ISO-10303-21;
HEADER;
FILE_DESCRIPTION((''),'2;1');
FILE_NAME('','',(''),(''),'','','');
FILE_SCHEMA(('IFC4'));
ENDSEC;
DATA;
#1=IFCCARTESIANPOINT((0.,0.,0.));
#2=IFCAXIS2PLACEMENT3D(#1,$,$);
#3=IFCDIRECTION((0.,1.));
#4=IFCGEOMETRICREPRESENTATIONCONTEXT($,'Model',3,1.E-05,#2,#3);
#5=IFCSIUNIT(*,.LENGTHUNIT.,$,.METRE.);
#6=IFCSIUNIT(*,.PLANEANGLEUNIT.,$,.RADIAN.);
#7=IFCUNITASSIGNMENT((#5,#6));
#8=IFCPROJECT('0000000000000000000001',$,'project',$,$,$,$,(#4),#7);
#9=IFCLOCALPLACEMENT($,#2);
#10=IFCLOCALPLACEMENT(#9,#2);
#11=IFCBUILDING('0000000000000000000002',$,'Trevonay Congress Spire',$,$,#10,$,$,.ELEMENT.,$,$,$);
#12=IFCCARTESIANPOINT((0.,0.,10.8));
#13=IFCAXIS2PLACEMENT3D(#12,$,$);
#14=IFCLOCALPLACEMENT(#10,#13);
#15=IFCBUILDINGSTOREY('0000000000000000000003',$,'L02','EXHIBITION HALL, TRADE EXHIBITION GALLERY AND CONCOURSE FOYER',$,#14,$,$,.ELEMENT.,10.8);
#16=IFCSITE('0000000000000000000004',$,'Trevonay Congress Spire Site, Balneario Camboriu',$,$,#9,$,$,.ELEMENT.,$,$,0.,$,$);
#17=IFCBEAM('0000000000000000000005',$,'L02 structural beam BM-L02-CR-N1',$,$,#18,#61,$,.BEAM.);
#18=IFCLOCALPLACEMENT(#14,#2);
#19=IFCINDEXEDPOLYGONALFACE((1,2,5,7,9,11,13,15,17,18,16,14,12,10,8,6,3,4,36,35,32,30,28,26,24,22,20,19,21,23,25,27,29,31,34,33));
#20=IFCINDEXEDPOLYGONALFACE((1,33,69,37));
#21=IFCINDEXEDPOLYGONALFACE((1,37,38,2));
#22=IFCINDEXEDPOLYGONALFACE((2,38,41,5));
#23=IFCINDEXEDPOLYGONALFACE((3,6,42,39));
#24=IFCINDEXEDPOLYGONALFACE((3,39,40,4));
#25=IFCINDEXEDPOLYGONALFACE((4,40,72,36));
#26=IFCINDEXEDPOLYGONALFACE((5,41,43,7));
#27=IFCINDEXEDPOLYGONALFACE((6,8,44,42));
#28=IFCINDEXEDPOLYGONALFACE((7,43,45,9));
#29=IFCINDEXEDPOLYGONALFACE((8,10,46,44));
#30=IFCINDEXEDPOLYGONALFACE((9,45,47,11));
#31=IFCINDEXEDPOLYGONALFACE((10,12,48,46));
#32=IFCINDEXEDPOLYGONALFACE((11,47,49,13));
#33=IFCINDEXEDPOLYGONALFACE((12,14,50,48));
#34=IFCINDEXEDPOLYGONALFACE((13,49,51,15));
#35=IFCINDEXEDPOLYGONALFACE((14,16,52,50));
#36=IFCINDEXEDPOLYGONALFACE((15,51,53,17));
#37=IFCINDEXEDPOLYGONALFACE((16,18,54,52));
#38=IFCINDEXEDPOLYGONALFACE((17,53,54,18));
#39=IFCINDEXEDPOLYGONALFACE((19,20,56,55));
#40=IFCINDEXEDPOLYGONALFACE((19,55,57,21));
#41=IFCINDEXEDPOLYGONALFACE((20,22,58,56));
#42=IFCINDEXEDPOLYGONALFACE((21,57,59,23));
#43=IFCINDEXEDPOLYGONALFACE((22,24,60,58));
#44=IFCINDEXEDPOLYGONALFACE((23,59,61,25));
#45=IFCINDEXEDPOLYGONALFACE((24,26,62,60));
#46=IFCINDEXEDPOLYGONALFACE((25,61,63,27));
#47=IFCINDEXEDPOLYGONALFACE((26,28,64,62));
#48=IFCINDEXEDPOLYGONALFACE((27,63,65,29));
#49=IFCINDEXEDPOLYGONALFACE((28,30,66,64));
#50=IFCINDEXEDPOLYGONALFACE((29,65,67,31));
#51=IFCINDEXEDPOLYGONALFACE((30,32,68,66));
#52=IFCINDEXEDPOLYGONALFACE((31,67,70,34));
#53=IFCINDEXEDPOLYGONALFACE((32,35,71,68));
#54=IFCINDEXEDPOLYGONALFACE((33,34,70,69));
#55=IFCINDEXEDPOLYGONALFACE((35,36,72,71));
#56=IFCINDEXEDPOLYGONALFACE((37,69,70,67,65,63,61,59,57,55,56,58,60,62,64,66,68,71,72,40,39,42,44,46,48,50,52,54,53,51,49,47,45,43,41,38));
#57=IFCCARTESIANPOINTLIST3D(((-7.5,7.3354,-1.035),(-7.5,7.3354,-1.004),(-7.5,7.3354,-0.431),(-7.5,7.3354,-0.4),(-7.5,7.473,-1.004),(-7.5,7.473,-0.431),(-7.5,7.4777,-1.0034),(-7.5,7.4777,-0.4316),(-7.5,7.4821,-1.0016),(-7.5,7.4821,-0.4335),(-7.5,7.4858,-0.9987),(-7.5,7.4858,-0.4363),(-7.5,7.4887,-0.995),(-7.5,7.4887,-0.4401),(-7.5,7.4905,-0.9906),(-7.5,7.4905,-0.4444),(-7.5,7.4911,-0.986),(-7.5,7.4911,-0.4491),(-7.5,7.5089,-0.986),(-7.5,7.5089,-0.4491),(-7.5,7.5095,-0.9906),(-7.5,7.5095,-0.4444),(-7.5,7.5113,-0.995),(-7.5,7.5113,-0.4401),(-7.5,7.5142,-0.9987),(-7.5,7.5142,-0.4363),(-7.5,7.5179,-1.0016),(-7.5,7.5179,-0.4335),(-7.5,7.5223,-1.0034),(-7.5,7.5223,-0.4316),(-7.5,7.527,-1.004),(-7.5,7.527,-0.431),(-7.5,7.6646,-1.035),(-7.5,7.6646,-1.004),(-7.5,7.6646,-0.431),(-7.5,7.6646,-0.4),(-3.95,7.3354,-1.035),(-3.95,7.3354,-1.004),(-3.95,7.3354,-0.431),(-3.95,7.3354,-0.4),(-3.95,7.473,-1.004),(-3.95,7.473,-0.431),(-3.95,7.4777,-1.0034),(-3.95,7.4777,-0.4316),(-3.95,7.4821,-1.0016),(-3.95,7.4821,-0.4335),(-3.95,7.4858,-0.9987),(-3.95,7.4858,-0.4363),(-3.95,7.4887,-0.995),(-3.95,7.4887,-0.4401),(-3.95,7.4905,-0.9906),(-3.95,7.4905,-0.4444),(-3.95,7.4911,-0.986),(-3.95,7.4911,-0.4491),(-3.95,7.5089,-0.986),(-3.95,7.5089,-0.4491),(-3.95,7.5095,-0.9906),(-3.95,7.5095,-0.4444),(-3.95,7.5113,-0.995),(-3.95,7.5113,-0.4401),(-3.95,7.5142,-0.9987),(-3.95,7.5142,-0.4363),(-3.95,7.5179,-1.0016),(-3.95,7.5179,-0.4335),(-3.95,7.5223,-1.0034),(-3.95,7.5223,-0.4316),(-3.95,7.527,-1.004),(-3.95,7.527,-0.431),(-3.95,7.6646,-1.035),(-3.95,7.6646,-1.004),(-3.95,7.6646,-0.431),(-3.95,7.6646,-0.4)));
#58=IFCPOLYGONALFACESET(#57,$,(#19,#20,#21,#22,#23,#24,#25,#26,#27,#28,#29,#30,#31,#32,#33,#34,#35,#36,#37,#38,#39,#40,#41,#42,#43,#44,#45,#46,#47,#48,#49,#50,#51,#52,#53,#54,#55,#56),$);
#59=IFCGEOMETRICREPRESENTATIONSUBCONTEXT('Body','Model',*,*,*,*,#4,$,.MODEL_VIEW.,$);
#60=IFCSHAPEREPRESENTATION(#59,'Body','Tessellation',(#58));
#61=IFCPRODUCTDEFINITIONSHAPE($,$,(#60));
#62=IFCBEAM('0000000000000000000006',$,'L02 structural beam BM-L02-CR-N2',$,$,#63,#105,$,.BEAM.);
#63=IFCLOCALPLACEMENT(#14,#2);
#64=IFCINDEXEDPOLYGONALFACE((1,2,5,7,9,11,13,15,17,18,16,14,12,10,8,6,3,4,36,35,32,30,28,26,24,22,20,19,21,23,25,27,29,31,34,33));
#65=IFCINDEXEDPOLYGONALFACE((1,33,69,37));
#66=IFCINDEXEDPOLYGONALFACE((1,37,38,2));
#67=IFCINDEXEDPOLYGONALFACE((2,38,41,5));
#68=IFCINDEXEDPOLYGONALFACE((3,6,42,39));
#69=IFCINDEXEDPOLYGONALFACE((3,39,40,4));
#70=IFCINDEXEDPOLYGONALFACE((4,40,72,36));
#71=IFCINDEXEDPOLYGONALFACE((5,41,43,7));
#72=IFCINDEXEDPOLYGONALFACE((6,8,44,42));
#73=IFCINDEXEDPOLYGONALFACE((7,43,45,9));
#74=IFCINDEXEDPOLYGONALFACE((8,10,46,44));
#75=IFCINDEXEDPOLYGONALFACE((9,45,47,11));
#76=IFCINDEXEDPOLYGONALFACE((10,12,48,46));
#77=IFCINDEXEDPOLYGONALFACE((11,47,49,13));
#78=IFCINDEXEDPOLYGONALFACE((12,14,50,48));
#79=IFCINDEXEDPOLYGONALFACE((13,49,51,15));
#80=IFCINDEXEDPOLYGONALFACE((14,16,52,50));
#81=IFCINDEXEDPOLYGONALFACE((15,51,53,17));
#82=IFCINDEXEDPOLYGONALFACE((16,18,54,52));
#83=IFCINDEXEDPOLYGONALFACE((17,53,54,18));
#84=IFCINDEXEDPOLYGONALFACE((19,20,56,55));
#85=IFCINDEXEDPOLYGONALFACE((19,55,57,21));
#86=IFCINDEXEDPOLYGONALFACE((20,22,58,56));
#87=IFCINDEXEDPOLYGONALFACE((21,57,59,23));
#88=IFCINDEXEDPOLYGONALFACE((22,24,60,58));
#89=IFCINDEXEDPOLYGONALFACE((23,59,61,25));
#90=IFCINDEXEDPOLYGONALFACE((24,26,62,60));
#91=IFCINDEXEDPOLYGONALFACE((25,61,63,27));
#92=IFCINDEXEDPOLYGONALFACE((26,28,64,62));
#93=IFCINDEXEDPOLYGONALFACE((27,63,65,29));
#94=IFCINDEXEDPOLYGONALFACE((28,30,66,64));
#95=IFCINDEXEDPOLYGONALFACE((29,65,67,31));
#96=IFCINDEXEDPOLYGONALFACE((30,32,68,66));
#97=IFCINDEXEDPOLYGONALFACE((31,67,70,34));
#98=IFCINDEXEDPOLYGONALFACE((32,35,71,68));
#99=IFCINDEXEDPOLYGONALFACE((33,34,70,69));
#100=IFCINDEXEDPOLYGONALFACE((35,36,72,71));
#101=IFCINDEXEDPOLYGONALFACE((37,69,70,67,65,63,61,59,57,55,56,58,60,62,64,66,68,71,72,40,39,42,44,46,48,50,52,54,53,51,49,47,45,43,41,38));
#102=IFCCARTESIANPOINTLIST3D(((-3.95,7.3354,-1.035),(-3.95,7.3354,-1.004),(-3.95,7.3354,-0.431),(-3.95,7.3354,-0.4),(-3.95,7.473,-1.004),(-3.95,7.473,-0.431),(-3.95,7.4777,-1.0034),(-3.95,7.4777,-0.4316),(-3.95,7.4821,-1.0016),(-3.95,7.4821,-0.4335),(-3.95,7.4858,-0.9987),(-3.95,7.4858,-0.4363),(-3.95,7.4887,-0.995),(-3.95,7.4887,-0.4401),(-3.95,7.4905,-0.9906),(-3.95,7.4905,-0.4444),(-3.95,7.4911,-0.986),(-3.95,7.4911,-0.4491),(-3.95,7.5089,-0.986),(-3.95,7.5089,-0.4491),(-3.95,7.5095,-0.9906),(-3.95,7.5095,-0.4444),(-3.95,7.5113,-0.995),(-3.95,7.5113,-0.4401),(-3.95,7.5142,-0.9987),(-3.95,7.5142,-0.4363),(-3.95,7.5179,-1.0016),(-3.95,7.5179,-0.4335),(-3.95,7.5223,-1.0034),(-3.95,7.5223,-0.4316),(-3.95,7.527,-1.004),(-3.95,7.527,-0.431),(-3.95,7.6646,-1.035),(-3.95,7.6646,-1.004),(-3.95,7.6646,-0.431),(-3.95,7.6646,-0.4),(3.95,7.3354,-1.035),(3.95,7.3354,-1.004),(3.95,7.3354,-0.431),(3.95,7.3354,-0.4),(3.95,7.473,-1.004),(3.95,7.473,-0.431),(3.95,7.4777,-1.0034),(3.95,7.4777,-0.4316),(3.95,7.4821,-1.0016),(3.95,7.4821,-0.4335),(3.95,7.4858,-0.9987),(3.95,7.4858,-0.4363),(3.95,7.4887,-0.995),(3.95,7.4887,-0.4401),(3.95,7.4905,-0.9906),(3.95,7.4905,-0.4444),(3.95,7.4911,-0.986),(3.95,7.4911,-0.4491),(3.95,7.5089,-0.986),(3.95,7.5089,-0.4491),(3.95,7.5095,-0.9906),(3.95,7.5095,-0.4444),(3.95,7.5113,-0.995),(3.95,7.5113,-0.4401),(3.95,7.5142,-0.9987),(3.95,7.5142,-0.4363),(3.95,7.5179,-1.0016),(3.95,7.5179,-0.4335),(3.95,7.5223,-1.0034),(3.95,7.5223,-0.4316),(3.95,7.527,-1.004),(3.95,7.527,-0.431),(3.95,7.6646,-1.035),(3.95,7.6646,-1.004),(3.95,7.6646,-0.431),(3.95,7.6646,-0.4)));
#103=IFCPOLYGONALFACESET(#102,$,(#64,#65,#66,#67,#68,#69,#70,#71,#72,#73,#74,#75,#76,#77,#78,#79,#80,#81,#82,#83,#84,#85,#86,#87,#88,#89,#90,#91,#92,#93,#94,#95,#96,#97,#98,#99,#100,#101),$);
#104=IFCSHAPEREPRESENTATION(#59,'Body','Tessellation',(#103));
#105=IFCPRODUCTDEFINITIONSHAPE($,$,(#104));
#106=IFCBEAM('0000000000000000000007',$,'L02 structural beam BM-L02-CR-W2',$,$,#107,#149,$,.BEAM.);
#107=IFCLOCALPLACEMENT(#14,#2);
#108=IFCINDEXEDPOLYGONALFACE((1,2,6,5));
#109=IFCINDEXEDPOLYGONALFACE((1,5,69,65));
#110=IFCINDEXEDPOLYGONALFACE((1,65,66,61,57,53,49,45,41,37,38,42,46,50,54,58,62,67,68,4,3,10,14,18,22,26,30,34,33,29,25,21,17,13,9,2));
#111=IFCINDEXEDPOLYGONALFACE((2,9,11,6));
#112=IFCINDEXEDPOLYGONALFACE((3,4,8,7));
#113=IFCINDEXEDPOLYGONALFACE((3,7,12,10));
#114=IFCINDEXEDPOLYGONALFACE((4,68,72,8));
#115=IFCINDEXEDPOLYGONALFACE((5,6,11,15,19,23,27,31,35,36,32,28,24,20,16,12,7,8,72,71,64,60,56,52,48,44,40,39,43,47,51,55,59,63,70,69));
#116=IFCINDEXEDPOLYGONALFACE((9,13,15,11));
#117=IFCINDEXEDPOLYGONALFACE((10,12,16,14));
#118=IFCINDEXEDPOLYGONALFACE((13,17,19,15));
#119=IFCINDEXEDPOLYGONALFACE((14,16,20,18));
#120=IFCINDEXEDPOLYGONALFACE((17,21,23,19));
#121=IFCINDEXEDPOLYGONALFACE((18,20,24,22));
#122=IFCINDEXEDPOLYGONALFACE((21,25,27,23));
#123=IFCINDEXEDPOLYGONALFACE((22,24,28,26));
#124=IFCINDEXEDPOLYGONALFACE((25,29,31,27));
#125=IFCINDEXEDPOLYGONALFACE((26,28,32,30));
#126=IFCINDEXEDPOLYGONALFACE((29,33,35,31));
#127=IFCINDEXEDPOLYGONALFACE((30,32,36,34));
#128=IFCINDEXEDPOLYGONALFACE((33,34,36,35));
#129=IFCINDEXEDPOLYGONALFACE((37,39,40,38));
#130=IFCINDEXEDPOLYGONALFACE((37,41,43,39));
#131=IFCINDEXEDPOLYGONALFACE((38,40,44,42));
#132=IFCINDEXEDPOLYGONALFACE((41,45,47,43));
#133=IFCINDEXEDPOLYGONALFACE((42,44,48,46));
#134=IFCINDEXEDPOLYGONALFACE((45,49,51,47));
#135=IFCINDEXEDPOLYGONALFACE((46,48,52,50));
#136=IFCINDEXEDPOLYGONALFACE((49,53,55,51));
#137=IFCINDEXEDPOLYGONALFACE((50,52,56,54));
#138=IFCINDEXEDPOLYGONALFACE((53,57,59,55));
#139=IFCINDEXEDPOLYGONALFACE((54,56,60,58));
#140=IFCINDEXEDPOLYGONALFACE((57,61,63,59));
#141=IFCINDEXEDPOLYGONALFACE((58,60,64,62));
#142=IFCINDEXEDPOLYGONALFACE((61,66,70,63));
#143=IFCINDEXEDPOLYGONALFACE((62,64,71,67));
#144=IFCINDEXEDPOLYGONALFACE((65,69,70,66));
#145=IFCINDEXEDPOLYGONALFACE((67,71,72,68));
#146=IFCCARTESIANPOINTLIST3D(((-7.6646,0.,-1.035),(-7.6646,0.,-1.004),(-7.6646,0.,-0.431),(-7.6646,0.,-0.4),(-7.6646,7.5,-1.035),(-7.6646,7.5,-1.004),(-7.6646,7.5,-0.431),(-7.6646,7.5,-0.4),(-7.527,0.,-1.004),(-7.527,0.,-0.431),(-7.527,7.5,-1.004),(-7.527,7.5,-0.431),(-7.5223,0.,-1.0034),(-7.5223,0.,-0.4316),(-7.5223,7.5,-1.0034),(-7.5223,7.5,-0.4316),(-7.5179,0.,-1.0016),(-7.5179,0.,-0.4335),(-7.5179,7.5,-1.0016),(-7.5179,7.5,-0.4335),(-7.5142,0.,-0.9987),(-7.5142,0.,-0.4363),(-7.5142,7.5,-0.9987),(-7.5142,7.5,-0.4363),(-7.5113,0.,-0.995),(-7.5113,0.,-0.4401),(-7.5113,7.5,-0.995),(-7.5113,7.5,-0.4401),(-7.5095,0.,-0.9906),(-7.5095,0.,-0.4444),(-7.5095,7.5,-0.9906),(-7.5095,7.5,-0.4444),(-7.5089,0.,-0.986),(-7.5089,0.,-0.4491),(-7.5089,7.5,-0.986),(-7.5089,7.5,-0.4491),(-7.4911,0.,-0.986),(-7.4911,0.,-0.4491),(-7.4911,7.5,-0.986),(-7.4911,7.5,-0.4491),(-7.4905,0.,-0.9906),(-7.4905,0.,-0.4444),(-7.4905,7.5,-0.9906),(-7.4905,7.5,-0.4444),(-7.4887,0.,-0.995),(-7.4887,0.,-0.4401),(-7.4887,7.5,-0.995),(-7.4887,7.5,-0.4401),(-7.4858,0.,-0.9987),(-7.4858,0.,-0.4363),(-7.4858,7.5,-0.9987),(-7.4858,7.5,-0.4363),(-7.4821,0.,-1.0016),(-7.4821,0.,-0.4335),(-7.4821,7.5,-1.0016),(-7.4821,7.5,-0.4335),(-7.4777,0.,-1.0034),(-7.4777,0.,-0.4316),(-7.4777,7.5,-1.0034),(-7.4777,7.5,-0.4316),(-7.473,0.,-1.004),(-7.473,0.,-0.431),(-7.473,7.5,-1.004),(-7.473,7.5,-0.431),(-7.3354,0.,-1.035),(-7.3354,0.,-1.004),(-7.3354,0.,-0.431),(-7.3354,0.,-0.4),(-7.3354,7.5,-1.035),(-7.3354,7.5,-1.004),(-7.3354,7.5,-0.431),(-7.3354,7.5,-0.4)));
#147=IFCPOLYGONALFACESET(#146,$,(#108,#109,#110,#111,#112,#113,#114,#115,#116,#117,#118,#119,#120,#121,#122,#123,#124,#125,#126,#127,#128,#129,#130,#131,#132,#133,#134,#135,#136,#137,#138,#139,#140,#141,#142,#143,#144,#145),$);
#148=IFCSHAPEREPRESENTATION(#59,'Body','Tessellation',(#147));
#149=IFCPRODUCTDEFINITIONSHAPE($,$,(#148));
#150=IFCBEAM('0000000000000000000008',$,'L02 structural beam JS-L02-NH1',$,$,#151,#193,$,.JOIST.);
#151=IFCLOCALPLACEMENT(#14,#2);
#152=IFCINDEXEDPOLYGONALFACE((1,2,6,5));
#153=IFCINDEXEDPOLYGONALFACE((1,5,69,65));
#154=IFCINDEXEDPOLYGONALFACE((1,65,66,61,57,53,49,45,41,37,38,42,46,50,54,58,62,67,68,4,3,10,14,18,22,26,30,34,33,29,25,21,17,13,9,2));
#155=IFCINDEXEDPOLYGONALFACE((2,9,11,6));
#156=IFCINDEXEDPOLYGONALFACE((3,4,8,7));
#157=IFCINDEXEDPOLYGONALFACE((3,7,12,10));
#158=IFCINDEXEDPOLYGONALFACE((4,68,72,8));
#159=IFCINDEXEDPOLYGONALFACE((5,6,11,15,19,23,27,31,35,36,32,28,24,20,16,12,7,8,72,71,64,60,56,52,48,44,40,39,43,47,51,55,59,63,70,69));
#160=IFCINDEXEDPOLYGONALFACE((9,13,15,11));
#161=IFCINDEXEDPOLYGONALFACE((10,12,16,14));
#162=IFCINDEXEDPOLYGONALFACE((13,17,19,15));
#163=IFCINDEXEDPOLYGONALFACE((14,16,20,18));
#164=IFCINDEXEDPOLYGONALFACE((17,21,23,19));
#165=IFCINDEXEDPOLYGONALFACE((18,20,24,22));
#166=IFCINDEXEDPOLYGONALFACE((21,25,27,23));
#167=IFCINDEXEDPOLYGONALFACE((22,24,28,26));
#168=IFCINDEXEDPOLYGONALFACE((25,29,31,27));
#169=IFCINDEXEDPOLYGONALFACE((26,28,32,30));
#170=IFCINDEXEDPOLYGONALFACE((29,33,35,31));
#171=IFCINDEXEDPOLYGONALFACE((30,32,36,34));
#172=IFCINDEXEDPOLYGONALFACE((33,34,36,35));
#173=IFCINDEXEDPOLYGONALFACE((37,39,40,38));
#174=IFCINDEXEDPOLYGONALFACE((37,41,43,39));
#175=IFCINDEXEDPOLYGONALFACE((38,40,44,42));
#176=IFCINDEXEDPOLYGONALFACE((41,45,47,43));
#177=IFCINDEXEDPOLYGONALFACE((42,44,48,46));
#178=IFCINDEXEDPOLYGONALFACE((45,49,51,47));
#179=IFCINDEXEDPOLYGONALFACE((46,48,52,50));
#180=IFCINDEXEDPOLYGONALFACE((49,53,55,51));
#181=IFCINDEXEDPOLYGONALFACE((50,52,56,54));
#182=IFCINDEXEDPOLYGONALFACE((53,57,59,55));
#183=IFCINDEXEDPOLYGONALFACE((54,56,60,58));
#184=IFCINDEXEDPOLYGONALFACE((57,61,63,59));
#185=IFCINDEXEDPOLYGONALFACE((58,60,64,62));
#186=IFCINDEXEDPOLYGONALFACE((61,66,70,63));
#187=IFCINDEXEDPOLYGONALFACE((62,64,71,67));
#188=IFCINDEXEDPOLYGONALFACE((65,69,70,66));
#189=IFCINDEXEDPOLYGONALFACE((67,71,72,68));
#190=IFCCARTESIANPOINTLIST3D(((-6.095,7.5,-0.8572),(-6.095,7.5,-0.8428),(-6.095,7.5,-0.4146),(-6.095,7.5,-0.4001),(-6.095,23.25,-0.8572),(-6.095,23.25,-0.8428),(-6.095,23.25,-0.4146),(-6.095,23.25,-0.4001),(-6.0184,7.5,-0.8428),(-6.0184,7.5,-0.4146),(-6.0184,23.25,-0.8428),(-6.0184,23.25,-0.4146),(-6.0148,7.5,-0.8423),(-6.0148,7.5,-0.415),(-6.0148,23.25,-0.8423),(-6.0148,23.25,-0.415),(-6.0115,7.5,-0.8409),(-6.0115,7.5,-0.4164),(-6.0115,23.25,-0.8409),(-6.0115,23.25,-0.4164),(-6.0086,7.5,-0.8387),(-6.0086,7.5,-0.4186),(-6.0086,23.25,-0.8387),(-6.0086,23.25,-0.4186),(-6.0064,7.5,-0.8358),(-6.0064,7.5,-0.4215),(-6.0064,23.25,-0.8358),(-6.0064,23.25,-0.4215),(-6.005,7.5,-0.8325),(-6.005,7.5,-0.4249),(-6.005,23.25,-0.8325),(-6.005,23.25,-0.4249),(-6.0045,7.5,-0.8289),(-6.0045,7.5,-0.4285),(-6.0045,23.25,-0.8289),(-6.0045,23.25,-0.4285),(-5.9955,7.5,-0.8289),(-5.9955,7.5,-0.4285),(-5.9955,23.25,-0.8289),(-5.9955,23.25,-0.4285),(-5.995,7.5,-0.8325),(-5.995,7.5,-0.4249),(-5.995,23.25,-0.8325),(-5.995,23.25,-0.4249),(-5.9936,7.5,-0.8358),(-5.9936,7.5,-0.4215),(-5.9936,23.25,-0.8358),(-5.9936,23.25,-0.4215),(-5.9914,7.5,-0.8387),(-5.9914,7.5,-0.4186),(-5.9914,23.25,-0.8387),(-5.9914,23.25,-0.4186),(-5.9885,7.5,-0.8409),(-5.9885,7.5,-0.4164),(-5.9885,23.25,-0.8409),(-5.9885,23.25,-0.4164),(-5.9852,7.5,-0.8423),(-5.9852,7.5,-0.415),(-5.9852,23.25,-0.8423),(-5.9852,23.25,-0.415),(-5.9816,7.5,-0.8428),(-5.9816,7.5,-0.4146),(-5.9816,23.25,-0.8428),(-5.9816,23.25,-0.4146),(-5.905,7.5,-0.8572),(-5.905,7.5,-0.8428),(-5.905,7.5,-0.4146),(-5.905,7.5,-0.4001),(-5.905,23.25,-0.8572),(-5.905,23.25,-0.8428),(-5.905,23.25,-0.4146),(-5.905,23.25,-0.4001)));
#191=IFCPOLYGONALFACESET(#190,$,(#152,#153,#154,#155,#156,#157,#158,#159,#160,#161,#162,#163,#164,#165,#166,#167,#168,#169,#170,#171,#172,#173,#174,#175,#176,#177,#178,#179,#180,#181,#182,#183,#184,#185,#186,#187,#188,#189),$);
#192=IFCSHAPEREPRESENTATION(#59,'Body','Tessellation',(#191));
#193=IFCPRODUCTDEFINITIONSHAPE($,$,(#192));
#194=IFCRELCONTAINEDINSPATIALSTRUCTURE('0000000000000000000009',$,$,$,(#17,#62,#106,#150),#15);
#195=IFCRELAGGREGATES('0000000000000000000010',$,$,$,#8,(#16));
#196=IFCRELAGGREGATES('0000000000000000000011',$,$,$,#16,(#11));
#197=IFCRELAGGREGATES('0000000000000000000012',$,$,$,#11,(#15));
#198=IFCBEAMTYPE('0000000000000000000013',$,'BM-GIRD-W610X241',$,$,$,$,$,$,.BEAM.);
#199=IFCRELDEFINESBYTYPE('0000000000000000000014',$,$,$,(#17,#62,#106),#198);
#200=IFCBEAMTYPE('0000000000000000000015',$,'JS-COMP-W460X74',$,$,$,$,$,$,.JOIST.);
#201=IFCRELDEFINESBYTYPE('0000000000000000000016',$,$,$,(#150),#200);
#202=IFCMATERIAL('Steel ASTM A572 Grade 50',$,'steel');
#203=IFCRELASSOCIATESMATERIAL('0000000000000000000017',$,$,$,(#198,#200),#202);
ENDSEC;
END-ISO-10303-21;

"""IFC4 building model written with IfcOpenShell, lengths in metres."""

from ifc_helpers import new_model, si_unit, direction, frame, origin, origin_2d, place, context, subcontext, project, spatial, i_section, extrude, material, material_profile, profile_set, type_object, element, save


model = new_model("IFC4")

# Units and contexts
model_context = context("Model", 3, precision=1e-05, world=origin(), true_north=direction((0.0, 1.0)))
body_context = subcontext(model_context, "Body", "Model", "MODEL_VIEW")
ifc_project = project(units=[si_unit("LENGTHUNIT", "METRE"), si_unit("PLANEANGLEUNIT", "RADIAN")], contexts=[model_context])

# Site, building, storey
site_placement = place(None, origin())
site = spatial("IfcSite", under=ifc_project, at=site_placement, Name="Trevonay Congress Spire Site, Balneario Camboriu", CompositionType="ELEMENT", RefElevation=0.0)
building_placement = place(site_placement, origin())
building = spatial("IfcBuilding", under=site, at=building_placement, Name="Trevonay Congress Spire", CompositionType="ELEMENT")
storey_placement = place(building_placement, frame((0.0, 0.0, 10.8)))
storey = spatial("IfcBuildingStorey", under=building, at=storey_placement, Name="L02", Description="EXHIBITION HALL, TRADE EXHIBITION GALLERY AND CONCOURSE FOYER", CompositionType="ELEMENT", Elevation=10.8)

# Shared definitions
ifc_material_1 = material(Name="Steel ASTM A572 Grade 50", Category="steel")

# Beams
ifc_material_profile_1 = material_profile(ifc_material_1, i_section(OverallWidth=0.3291, OverallDepth=0.635, WebThickness=0.0178, FlangeThickness=0.031, FilletRadius=0.0181, at=origin_2d()), Name="W610x241")
ifc_profile_set_1 = profile_set([ifc_material_profile_1], Name="Steel ASTM A572 Grade 50")
beam_type_1 = type_object("IfcBeamType", Name="BM-GIRD-W610X241", PredefinedType="BEAM", material=ifc_profile_set_1)
beam_1_placement = place(storey_placement, frame((-7.5, 7.5, -0.7175), z_axis=(1.0, 0.0, 0.0), x_axis=(0.0, 1.0, 0.0)))
element("IfcBeam", 1, at=beam_1_placement, inside=storey, type_object=beam_type_1, Name="L02 structural beam BM-L02-CR-N1", PredefinedType="BEAM", context=body_context, shape_type="SweptSolid", body=[
    extrude(i_section(OverallWidth=0.3291, OverallDepth=0.635, WebThickness=0.0178, FlangeThickness=0.031, FilletRadius=0.0181, at=origin_2d()), origin(), (0.0, 0.0, 1.0), 3.55),
])
beam_2_placement = place(storey_placement, frame((-3.95, 7.5, -0.7175), z_axis=(1.0, 0.0, 0.0), x_axis=(0.0, 1.0, 0.0)))
element("IfcBeam", 2, at=beam_2_placement, inside=storey, type_object=beam_type_1, Name="L02 structural beam BM-L02-CR-N2", PredefinedType="BEAM", context=body_context, shape_type="SweptSolid", body=[
    extrude(i_section(OverallWidth=0.3291, OverallDepth=0.635, WebThickness=0.0178, FlangeThickness=0.031, FilletRadius=0.0181, at=origin_2d()), origin(), (0.0, 0.0, 1.0), 7.8999),
])
beam_3_placement = place(storey_placement, frame((-7.5, 0.0, -0.7175), z_axis=(0.0, 1.0, 0.0), x_axis=(-1.0, 0.0, 0.0)))
element("IfcBeam", 3, at=beam_3_placement, inside=storey, type_object=beam_type_1, Name="L02 structural beam BM-L02-CR-W2", PredefinedType="BEAM", context=body_context, shape_type="SweptSolid", body=[
    extrude(i_section(OverallWidth=0.3291, OverallDepth=0.635, WebThickness=0.0178, FlangeThickness=0.031, FilletRadius=0.0181, at=origin_2d()), origin(), (0.0, 0.0, 1.0), 7.5),
])
ifc_material_profile_2 = material_profile(ifc_material_1, i_section(OverallWidth=0.1899, OverallDepth=0.457, WebThickness=0.009, FlangeThickness=0.0144, FilletRadius=0.0139, at=origin_2d()), Name="W460x74")
ifc_profile_set_2 = profile_set([ifc_material_profile_2], Name="Steel ASTM A572 Grade 50")
beam_type_2 = type_object("IfcBeamType", Name="JS-COMP-W460X74", PredefinedType="JOIST", material=ifc_profile_set_2)
beam_4_placement = place(storey_placement, frame((-6.0, 7.5, -0.6287), z_axis=(0.0, 1.0, 0.0), x_axis=(-1.0, 0.0, 0.0)))
element("IfcBeam", 4, at=beam_4_placement, inside=storey, type_object=beam_type_2, Name="L02 structural beam JS-L02-NH1", PredefinedType="JOIST", context=body_context, shape_type="SweptSolid", body=[
    extrude(i_section(OverallWidth=0.1899, OverallDepth=0.457, WebThickness=0.009, FlangeThickness=0.0144, FilletRadius=0.0139, at=origin_2d()), origin(), (0.0, 0.0, 1.0), 15.75),
])

save(model, "model.ifc")
